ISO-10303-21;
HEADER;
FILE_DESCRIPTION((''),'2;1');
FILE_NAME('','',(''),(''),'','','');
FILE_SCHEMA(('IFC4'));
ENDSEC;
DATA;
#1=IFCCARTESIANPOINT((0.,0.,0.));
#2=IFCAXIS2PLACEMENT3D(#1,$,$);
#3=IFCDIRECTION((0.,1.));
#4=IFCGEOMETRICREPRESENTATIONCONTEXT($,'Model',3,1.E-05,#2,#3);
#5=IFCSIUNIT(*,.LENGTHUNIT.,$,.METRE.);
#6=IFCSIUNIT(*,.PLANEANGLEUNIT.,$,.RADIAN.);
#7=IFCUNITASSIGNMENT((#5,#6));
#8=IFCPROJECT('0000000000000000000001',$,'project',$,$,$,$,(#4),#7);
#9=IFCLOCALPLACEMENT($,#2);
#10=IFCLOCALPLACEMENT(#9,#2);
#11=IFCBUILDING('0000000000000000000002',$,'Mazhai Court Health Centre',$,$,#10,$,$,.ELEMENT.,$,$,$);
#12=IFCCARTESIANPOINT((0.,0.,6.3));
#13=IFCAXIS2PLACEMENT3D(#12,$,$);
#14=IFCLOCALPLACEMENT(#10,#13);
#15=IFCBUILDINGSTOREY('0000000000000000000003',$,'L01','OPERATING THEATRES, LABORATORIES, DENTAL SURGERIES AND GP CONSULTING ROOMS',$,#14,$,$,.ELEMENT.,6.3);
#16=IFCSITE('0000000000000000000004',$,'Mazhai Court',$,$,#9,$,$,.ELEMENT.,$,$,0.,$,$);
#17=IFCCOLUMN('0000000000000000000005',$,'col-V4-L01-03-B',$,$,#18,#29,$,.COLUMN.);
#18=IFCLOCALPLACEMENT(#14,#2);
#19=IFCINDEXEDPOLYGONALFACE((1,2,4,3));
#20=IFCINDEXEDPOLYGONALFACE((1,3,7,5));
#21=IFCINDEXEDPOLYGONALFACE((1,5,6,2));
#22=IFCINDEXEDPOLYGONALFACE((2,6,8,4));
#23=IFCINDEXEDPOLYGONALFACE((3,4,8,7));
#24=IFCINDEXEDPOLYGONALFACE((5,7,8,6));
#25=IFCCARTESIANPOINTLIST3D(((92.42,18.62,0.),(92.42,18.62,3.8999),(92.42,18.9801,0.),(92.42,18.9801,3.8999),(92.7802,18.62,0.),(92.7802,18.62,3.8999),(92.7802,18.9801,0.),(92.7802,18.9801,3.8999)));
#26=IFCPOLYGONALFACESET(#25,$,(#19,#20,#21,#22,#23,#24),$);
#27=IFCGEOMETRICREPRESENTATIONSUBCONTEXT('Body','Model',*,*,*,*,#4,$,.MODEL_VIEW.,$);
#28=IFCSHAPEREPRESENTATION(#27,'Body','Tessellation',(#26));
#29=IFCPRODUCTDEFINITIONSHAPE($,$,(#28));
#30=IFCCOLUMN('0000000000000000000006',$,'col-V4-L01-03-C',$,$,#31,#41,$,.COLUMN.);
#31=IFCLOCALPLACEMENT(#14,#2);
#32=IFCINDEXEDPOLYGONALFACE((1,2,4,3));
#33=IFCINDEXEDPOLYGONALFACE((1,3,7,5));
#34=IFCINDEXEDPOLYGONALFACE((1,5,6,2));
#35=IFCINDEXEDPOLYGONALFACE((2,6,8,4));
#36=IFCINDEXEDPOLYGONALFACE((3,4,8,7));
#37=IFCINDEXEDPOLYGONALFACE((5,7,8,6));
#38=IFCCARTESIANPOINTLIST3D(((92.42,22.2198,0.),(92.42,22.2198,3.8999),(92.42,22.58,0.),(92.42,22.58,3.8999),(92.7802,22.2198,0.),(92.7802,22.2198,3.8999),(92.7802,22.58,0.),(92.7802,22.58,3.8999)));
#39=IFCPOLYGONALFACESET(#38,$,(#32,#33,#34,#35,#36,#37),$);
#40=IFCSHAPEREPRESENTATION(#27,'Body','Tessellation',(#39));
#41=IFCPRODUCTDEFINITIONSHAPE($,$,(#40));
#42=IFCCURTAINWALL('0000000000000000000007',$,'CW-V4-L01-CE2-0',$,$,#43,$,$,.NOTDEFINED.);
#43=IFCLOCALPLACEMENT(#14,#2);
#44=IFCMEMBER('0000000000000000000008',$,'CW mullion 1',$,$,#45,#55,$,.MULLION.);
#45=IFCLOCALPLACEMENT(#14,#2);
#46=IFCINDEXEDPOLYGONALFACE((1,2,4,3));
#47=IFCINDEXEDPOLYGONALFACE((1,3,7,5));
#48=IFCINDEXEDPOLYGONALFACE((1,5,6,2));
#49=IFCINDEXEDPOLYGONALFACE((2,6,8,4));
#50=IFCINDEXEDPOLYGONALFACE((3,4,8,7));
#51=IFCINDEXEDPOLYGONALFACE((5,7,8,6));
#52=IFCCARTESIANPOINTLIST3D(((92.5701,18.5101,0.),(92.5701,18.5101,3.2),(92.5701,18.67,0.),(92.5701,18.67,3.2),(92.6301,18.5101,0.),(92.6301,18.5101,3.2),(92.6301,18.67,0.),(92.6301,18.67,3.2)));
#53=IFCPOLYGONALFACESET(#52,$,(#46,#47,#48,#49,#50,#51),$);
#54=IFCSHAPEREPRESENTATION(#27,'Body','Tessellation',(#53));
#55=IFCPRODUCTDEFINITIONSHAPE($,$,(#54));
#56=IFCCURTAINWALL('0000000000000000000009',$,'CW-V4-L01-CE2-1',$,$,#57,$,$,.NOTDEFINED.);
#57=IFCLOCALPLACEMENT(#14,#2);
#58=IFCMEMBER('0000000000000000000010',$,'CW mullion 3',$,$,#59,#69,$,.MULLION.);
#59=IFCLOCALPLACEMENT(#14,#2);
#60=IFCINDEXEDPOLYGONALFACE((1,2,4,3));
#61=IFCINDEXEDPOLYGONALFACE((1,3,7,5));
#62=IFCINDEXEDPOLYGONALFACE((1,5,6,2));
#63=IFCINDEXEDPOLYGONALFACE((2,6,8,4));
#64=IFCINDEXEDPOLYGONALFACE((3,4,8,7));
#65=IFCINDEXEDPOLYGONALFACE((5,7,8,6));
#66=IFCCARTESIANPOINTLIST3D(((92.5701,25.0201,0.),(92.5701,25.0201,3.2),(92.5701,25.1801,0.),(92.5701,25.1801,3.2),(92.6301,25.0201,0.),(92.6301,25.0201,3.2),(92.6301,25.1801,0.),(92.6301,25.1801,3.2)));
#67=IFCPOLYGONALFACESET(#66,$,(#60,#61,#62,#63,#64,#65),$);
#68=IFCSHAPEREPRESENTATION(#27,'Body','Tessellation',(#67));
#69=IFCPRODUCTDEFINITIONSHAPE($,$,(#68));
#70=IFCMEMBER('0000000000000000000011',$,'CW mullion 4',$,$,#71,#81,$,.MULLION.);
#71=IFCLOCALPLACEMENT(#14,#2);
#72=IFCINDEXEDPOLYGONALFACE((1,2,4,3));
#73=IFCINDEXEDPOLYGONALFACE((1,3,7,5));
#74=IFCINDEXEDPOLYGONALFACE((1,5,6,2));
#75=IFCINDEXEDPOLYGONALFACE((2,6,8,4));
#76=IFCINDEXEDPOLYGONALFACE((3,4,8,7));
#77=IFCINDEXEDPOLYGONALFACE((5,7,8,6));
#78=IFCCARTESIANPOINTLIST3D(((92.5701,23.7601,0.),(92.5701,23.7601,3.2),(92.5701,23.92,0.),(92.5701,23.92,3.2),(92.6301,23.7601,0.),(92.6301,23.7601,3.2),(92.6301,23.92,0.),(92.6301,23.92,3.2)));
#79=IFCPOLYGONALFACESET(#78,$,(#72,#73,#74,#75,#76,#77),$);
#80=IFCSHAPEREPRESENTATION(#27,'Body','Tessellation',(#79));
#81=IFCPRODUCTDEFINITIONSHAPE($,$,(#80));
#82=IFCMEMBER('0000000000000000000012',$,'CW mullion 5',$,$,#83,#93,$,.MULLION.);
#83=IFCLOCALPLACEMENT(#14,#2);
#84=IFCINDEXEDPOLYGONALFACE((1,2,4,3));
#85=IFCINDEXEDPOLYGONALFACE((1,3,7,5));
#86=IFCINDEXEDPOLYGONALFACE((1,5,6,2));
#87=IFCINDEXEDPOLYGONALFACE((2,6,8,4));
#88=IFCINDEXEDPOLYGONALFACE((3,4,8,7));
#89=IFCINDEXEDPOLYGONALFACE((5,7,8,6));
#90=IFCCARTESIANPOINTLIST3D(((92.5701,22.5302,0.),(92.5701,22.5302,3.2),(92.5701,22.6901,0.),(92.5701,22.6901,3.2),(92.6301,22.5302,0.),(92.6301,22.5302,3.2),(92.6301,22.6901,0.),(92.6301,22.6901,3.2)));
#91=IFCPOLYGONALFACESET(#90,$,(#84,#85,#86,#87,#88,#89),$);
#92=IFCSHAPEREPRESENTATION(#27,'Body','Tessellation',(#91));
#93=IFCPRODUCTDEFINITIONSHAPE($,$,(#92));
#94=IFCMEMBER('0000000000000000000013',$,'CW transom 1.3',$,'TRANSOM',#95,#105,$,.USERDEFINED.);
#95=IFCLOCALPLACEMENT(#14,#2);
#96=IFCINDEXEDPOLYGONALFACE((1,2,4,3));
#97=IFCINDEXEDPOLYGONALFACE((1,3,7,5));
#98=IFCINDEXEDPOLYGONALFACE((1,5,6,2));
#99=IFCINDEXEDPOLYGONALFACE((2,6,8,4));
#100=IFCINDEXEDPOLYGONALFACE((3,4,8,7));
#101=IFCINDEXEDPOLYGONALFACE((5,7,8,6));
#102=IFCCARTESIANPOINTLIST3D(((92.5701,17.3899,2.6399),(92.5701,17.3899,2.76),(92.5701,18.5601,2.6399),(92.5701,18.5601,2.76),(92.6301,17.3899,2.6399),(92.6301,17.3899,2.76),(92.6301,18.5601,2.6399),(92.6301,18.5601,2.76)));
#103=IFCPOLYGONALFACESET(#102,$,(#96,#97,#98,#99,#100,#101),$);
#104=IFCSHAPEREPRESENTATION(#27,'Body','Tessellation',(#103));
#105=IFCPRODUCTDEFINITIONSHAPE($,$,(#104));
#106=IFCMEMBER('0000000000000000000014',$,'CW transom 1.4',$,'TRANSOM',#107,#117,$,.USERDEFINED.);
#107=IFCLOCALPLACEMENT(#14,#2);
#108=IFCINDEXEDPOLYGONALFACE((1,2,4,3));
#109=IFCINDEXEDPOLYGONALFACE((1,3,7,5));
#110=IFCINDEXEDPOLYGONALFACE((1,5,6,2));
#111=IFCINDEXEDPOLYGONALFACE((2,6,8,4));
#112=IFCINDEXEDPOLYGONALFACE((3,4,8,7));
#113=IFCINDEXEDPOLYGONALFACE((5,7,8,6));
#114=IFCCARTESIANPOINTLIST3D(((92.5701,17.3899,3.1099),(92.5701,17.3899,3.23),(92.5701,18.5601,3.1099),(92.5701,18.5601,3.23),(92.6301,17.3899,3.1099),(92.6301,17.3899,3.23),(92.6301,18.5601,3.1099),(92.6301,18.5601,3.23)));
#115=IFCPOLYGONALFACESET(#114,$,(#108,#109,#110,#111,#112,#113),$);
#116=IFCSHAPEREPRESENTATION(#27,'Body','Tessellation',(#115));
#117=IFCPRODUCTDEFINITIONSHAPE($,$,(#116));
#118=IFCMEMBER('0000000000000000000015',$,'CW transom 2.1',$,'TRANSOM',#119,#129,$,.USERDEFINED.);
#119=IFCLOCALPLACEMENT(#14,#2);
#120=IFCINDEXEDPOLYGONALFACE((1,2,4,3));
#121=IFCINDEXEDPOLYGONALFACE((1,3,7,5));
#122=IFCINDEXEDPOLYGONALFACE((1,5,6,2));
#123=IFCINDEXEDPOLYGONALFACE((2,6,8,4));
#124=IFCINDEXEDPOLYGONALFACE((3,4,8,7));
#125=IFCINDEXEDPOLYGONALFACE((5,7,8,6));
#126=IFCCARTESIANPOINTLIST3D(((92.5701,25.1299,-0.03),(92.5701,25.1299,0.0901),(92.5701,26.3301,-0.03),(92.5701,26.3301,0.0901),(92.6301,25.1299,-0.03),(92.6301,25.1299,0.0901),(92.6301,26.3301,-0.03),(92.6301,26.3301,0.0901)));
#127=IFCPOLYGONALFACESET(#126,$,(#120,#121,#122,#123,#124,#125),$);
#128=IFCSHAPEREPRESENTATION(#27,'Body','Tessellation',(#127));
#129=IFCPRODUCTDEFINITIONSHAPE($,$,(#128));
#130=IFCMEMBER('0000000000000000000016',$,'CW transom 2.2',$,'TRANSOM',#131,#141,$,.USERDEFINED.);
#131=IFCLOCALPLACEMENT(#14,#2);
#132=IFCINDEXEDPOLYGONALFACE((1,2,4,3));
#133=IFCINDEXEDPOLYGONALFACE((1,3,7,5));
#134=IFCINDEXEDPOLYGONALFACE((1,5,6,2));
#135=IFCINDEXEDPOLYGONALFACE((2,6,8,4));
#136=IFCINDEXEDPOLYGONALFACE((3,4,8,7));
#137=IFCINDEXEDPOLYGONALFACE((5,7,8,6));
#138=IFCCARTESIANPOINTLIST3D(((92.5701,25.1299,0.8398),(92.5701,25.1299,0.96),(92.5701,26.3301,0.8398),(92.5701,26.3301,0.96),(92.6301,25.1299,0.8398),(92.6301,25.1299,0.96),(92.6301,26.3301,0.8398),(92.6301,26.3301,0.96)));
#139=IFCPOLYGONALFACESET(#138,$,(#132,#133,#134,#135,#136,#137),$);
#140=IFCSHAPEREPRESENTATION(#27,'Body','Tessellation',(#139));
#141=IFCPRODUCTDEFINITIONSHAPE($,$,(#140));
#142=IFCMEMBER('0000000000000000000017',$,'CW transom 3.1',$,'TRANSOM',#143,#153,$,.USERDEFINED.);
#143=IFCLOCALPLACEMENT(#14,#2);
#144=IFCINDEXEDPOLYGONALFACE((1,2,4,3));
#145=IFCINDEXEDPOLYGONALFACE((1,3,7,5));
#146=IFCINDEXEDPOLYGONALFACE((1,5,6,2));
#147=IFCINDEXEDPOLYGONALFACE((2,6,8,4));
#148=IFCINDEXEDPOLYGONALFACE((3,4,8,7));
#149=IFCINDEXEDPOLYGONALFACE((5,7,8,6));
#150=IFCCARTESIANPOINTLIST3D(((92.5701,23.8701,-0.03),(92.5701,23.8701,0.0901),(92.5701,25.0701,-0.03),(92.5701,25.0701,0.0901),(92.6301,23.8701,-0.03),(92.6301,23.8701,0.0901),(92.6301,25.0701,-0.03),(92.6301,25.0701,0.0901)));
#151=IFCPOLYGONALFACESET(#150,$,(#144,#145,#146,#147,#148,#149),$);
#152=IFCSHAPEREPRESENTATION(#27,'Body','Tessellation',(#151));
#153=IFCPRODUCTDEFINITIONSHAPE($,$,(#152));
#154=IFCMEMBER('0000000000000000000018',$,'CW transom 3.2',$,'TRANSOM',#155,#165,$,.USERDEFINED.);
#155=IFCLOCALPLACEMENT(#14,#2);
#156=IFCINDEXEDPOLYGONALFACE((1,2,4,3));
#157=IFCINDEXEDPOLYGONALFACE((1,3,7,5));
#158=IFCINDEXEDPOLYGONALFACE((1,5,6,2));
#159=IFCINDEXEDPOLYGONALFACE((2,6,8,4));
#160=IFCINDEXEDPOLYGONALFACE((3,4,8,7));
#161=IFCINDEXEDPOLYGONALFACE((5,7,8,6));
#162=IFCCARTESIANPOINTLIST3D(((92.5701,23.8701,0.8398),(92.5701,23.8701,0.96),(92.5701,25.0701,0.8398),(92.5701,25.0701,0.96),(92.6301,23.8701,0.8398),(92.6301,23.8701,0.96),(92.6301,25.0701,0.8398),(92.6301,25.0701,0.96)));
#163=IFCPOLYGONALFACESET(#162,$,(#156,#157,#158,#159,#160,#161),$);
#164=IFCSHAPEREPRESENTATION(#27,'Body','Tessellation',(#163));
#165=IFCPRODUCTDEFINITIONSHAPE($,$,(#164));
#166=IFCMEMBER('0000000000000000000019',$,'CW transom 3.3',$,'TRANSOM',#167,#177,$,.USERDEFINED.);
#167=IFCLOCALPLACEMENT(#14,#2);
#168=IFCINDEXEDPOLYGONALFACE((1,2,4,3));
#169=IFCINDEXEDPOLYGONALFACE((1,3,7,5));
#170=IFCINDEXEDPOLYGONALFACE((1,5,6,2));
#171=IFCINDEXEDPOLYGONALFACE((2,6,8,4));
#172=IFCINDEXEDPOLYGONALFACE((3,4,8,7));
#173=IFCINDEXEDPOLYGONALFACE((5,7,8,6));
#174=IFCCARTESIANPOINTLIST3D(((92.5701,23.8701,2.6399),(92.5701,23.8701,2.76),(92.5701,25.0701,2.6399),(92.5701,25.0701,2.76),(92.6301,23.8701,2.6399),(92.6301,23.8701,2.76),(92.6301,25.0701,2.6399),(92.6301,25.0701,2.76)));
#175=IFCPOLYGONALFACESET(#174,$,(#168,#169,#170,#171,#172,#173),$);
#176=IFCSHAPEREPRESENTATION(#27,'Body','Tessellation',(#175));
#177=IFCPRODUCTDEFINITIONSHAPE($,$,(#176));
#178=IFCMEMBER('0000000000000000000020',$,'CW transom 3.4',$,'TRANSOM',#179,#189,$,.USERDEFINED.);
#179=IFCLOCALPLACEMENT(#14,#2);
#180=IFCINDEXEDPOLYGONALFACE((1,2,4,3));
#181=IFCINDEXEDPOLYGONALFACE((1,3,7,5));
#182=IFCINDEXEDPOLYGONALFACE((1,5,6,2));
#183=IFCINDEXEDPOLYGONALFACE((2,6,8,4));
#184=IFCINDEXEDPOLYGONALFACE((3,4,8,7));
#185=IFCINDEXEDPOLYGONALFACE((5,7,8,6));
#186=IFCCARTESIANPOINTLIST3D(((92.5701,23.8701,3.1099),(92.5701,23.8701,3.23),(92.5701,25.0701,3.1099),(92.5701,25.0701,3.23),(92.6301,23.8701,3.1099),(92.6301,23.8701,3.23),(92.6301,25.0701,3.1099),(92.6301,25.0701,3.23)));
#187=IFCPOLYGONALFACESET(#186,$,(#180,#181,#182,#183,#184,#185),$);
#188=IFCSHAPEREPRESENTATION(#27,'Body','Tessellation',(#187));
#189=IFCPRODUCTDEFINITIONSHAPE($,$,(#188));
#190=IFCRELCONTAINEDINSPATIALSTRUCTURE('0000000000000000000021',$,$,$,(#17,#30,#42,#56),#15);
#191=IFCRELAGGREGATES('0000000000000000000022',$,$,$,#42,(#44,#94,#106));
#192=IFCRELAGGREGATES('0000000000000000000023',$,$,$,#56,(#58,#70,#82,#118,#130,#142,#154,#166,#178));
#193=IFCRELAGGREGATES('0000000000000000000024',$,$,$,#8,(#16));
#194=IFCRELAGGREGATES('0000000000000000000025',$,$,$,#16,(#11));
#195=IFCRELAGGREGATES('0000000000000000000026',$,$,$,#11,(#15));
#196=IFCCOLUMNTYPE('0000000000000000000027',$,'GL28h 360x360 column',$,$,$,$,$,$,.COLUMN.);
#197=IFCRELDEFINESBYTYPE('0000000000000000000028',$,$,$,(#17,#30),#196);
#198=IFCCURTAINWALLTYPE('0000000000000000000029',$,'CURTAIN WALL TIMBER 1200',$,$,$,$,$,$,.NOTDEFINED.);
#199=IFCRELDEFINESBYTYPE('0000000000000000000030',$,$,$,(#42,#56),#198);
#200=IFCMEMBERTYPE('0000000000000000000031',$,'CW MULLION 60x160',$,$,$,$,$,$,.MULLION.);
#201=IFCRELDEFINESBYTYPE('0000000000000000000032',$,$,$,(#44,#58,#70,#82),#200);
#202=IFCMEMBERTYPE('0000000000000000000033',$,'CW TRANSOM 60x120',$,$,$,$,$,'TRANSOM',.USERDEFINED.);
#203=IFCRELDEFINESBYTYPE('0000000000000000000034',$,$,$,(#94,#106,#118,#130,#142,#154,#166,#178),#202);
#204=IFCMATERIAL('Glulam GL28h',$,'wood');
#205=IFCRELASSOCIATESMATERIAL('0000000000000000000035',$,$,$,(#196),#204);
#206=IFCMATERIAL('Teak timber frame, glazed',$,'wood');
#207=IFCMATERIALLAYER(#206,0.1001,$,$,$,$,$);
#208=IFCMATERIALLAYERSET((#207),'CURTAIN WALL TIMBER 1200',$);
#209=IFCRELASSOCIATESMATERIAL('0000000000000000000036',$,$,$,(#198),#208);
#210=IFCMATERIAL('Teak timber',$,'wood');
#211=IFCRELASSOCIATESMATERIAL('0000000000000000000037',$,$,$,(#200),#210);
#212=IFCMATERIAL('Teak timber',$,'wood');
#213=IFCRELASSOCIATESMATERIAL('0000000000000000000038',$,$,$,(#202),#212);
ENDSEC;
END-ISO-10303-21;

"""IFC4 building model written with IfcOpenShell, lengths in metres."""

from ifc_helpers import new_model, si_unit, direction, frame, origin, origin_2d, place, context, subcontext, project, spatial, rectangle, extrude, material, layer, layer_set, material_profile, profile_set, type_object, element, aggregate, save


model = new_model("IFC4")

# Units and contexts
model_context = context("Model", 3, precision=1e-05, world=origin(), true_north=direction((0.0, 1.0)))
body_context = subcontext(model_context, "Body", "Model", "MODEL_VIEW")
ifc_project = project(units=[si_unit("LENGTHUNIT", "METRE"), si_unit("PLANEANGLEUNIT", "RADIAN")], contexts=[model_context])

# Site, building, storey
site_placement = place(None, origin())
site = spatial("IfcSite", under=ifc_project, at=site_placement, Name="Mazhai Court", CompositionType="ELEMENT", RefElevation=0.0)
building_placement = place(site_placement, origin())
building = spatial("IfcBuilding", under=site, at=building_placement, Name="Mazhai Court Health Centre", CompositionType="ELEMENT")
storey_placement = place(building_placement, frame((0.0, 0.0, 6.3)))
storey = spatial("IfcBuildingStorey", under=building, at=storey_placement, Name="L01", Description="OPERATING THEATRES, LABORATORIES, DENTAL SURGERIES AND GP CONSULTING ROOMS", CompositionType="ELEMENT", Elevation=6.3)

# Columns
ifc_material_1 = material(Name="Glulam GL28h", Category="wood")
ifc_material_profile_1 = material_profile(ifc_material_1, rectangle(XDim=0.3601, YDim=0.3601, at=origin_2d()), Name="GL28h 360x360")
ifc_profile_set_1 = profile_set([ifc_material_profile_1], Name="Glulam GL28h")
column_type = type_object("IfcColumnType", Name="GL28h 360x360 column", PredefinedType="COLUMN", material=ifc_profile_set_1)
for number, where, z_axis, x_axis, name in (
    (1, (92.6001, 18.8, 0.0), (0.0, 0.0, 1.0), (1.0, 0.0, 0.0), "col-V4-L01-03-B"),
    (2, (92.6001, 22.3999, 0.0), (0.0, 0.0, 1.0), (1.0, 0.0, 0.0), "col-V4-L01-03-C"),
):
    element("IfcColumn", number, at=place(storey_placement, frame(where, z_axis=z_axis, x_axis=x_axis)), inside=storey, type_object=column_type, Name=name, PredefinedType="COLUMN", context=body_context, shape_type="SweptSolid", body=[
        extrude(rectangle(XDim=0.3601, YDim=0.3601, at=origin_2d()), origin(), (0.0, 0.0, 1.0), 3.8999),
    ])

# Curtain wall, member
ifc_material_2 = material(Name="Teak timber frame, glazed", Category="wood")
ifc_layer_1 = layer(ifc_material_2, 0.1001)
ifc_layer_set_1 = layer_set([ifc_layer_1], Name="CURTAIN WALL TIMBER 1200")
curtain_wall_type = type_object("IfcCurtainWallType", Name="CURTAIN WALL TIMBER 1200", PredefinedType="NOTDEFINED", material=ifc_layer_set_1)
curtain_wall_1_placement = place(storey_placement, origin())
curtain_wall_1 = element("IfcCurtainWall", 3, at=curtain_wall_1_placement, inside=storey, type_object=curtain_wall_type, Name="CW-V4-L01-CE2-0", PredefinedType="NOTDEFINED")
ifc_material_3 = material(Name="Teak timber", Category="wood")
ifc_material_profile_2 = material_profile(ifc_material_3, rectangle(XDim=0.0601, YDim=0.1599, at=origin_2d()), Name="CW MULLION 60x160")
ifc_profile_set_2 = profile_set([ifc_material_profile_2], Name="Teak timber")
member_type_1 = type_object("IfcMemberType", Name="CW MULLION 60x160", PredefinedType="MULLION", material=ifc_profile_set_2)
member_1_placement = place(storey_placement, frame((92.6001, 18.5901, 0.0), z_axis=(0.0, 0.0, 1.0), x_axis=(1.0, 0.0, 0.0)))
member_1 = element("IfcMember", 4, at=member_1_placement, type_object=member_type_1, Name="CW mullion 1", PredefinedType="MULLION", context=body_context, shape_type="SweptSolid", body=[
    extrude(rectangle(XDim=0.0601, YDim=0.1599, at=origin_2d()), origin(), (0.0, 0.0, 1.0), 3.2),
])

# Curtain wall, members
curtain_wall_2_placement = place(storey_placement, origin())
curtain_wall_2 = element("IfcCurtainWall", 5, at=curtain_wall_2_placement, inside=storey, type_object=curtain_wall_type, Name="CW-V4-L01-CE2-1", PredefinedType="NOTDEFINED")
member_2_placement = place(storey_placement, frame((92.6001, 25.1001, 0.0), z_axis=(0.0, 0.0, 1.0), x_axis=(1.0, 0.0, 0.0)))
member_2 = element("IfcMember", 6, at=member_2_placement, type_object=member_type_1, Name="CW mullion 3", PredefinedType="MULLION", context=body_context, shape_type="SweptSolid", body=[
    extrude(rectangle(XDim=0.0601, YDim=0.1599, at=origin_2d()), origin(), (0.0, 0.0, 1.0), 3.2),
])
member_3_placement = place(storey_placement, frame((92.6001, 23.8401, 0.0), z_axis=(0.0, 0.0, 1.0), x_axis=(1.0, 0.0, 0.0)))
member_3 = element("IfcMember", 7, at=member_3_placement, type_object=member_type_1, Name="CW mullion 4", PredefinedType="MULLION", context=body_context, shape_type="SweptSolid", body=[
    extrude(rectangle(XDim=0.0601, YDim=0.1599, at=origin_2d()), origin(), (0.0, 0.0, 1.0), 3.2),
])
member_4_placement = place(storey_placement, frame((92.6001, 22.6101, 0.0), z_axis=(0.0, 0.0, 1.0), x_axis=(1.0, 0.0, 0.0)))
member_4 = element("IfcMember", 8, at=member_4_placement, type_object=member_type_1, Name="CW mullion 5", PredefinedType="MULLION", context=body_context, shape_type="SweptSolid", body=[
    extrude(rectangle(XDim=0.0601, YDim=0.1599, at=origin_2d()), origin(), (0.0, 0.0, 1.0), 3.2),
])

# Members
ifc_material_4 = material(Name="Teak timber", Category="wood")
ifc_material_profile_3 = material_profile(ifc_material_4, rectangle(XDim=0.0601, YDim=0.1201, at=origin_2d()), Name="CW TRANSOM 60x120")
ifc_profile_set_3 = profile_set([ifc_material_profile_3], Name="Teak timber")
member_type_2 = type_object("IfcMemberType", Name="CW TRANSOM 60x120", ElementType="TRANSOM", PredefinedType="USERDEFINED", material=ifc_profile_set_3)
member_5_placement = place(storey_placement, frame((92.6001, 18.5601, 2.7), z_axis=(0.0, -1.0, 0.0), x_axis=(1.0, 0.0, 0.0)))
member_5 = element("IfcMember", 9, at=member_5_placement, type_object=member_type_2, Name="CW transom 1.3", ObjectType="TRANSOM", PredefinedType="USERDEFINED", context=body_context, shape_type="SweptSolid", body=[
    extrude(rectangle(XDim=0.0601, YDim=0.1201, at=origin_2d()), origin(), (0.0, 0.0, 1.0), 1.1702),
])
member_6_placement = place(storey_placement, frame((92.6001, 18.5601, 3.1699), z_axis=(0.0, -1.0, 0.0), x_axis=(1.0, 0.0, 0.0)))
member_6 = element("IfcMember", 10, at=member_6_placement, type_object=member_type_2, Name="CW transom 1.4", ObjectType="TRANSOM", PredefinedType="USERDEFINED", context=body_context, shape_type="SweptSolid", body=[
    extrude(rectangle(XDim=0.0601, YDim=0.1201, at=origin_2d()), origin(), (0.0, 0.0, 1.0), 1.1702),
])
aggregate(curtain_wall_1, [member_1, member_5, member_6])
member_7_placement = place(storey_placement, frame((92.6001, 26.3301, 0.03), z_axis=(0.0, -1.0, 0.0), x_axis=(1.0, 0.0, 0.0)))
member_7 = element("IfcMember", 11, at=member_7_placement, type_object=member_type_2, Name="CW transom 2.1", ObjectType="TRANSOM", PredefinedType="USERDEFINED", context=body_context, shape_type="SweptSolid", body=[
    extrude(rectangle(XDim=0.0601, YDim=0.1201, at=origin_2d()), origin(), (0.0, 0.0, 1.0), 1.2002),
])
member_8_placement = place(storey_placement, frame((92.6001, 26.3301, 0.8999), z_axis=(0.0, -1.0, 0.0), x_axis=(1.0, 0.0, 0.0)))
member_8 = element("IfcMember", 12, at=member_8_placement, type_object=member_type_2, Name="CW transom 2.2", ObjectType="TRANSOM", PredefinedType="USERDEFINED", context=body_context, shape_type="SweptSolid", body=[
    extrude(rectangle(XDim=0.0601, YDim=0.1201, at=origin_2d()), origin(), (0.0, 0.0, 1.0), 1.2002),
])
member_9_placement = place(storey_placement, frame((92.6001, 25.0701, 0.03), z_axis=(0.0, -1.0, 0.0), x_axis=(1.0, 0.0, 0.0)))
member_9 = element("IfcMember", 13, at=member_9_placement, type_object=member_type_2, Name="CW transom 3.1", ObjectType="TRANSOM", PredefinedType="USERDEFINED", context=body_context, shape_type="SweptSolid", body=[
    extrude(rectangle(XDim=0.0601, YDim=0.1201, at=origin_2d()), origin(), (0.0, 0.0, 1.0), 1.2),
])
member_10_placement = place(storey_placement, frame((92.6001, 25.0701, 0.8999), z_axis=(0.0, -1.0, 0.0), x_axis=(1.0, 0.0, 0.0)))
member_10 = element("IfcMember", 14, at=member_10_placement, type_object=member_type_2, Name="CW transom 3.2", ObjectType="TRANSOM", PredefinedType="USERDEFINED", context=body_context, shape_type="SweptSolid", body=[
    extrude(rectangle(XDim=0.0601, YDim=0.1201, at=origin_2d()), origin(), (0.0, 0.0, 1.0), 1.2),
])
member_11_placement = place(storey_placement, frame((92.6001, 25.0701, 2.7), z_axis=(0.0, -1.0, 0.0), x_axis=(1.0, 0.0, 0.0)))
member_11 = element("IfcMember", 15, at=member_11_placement, type_object=member_type_2, Name="CW transom 3.3", ObjectType="TRANSOM", PredefinedType="USERDEFINED", context=body_context, shape_type="SweptSolid", body=[
    extrude(rectangle(XDim=0.0601, YDim=0.1201, at=origin_2d()), origin(), (0.0, 0.0, 1.0), 1.2),
])
member_12_placement = place(storey_placement, frame((92.6001, 25.0701, 3.1699), z_axis=(0.0, -1.0, 0.0), x_axis=(1.0, 0.0, 0.0)))
member_12 = element("IfcMember", 16, at=member_12_placement, type_object=member_type_2, Name="CW transom 3.4", ObjectType="TRANSOM", PredefinedType="USERDEFINED", context=body_context, shape_type="SweptSolid", body=[
    extrude(rectangle(XDim=0.0601, YDim=0.1201, at=origin_2d()), origin(), (0.0, 0.0, 1.0), 1.2),
])

aggregate(curtain_wall_2, [member_2, member_3, member_4, member_7, member_8, member_9, member_10, member_11, member_12])

save(model, "model.ifc")
